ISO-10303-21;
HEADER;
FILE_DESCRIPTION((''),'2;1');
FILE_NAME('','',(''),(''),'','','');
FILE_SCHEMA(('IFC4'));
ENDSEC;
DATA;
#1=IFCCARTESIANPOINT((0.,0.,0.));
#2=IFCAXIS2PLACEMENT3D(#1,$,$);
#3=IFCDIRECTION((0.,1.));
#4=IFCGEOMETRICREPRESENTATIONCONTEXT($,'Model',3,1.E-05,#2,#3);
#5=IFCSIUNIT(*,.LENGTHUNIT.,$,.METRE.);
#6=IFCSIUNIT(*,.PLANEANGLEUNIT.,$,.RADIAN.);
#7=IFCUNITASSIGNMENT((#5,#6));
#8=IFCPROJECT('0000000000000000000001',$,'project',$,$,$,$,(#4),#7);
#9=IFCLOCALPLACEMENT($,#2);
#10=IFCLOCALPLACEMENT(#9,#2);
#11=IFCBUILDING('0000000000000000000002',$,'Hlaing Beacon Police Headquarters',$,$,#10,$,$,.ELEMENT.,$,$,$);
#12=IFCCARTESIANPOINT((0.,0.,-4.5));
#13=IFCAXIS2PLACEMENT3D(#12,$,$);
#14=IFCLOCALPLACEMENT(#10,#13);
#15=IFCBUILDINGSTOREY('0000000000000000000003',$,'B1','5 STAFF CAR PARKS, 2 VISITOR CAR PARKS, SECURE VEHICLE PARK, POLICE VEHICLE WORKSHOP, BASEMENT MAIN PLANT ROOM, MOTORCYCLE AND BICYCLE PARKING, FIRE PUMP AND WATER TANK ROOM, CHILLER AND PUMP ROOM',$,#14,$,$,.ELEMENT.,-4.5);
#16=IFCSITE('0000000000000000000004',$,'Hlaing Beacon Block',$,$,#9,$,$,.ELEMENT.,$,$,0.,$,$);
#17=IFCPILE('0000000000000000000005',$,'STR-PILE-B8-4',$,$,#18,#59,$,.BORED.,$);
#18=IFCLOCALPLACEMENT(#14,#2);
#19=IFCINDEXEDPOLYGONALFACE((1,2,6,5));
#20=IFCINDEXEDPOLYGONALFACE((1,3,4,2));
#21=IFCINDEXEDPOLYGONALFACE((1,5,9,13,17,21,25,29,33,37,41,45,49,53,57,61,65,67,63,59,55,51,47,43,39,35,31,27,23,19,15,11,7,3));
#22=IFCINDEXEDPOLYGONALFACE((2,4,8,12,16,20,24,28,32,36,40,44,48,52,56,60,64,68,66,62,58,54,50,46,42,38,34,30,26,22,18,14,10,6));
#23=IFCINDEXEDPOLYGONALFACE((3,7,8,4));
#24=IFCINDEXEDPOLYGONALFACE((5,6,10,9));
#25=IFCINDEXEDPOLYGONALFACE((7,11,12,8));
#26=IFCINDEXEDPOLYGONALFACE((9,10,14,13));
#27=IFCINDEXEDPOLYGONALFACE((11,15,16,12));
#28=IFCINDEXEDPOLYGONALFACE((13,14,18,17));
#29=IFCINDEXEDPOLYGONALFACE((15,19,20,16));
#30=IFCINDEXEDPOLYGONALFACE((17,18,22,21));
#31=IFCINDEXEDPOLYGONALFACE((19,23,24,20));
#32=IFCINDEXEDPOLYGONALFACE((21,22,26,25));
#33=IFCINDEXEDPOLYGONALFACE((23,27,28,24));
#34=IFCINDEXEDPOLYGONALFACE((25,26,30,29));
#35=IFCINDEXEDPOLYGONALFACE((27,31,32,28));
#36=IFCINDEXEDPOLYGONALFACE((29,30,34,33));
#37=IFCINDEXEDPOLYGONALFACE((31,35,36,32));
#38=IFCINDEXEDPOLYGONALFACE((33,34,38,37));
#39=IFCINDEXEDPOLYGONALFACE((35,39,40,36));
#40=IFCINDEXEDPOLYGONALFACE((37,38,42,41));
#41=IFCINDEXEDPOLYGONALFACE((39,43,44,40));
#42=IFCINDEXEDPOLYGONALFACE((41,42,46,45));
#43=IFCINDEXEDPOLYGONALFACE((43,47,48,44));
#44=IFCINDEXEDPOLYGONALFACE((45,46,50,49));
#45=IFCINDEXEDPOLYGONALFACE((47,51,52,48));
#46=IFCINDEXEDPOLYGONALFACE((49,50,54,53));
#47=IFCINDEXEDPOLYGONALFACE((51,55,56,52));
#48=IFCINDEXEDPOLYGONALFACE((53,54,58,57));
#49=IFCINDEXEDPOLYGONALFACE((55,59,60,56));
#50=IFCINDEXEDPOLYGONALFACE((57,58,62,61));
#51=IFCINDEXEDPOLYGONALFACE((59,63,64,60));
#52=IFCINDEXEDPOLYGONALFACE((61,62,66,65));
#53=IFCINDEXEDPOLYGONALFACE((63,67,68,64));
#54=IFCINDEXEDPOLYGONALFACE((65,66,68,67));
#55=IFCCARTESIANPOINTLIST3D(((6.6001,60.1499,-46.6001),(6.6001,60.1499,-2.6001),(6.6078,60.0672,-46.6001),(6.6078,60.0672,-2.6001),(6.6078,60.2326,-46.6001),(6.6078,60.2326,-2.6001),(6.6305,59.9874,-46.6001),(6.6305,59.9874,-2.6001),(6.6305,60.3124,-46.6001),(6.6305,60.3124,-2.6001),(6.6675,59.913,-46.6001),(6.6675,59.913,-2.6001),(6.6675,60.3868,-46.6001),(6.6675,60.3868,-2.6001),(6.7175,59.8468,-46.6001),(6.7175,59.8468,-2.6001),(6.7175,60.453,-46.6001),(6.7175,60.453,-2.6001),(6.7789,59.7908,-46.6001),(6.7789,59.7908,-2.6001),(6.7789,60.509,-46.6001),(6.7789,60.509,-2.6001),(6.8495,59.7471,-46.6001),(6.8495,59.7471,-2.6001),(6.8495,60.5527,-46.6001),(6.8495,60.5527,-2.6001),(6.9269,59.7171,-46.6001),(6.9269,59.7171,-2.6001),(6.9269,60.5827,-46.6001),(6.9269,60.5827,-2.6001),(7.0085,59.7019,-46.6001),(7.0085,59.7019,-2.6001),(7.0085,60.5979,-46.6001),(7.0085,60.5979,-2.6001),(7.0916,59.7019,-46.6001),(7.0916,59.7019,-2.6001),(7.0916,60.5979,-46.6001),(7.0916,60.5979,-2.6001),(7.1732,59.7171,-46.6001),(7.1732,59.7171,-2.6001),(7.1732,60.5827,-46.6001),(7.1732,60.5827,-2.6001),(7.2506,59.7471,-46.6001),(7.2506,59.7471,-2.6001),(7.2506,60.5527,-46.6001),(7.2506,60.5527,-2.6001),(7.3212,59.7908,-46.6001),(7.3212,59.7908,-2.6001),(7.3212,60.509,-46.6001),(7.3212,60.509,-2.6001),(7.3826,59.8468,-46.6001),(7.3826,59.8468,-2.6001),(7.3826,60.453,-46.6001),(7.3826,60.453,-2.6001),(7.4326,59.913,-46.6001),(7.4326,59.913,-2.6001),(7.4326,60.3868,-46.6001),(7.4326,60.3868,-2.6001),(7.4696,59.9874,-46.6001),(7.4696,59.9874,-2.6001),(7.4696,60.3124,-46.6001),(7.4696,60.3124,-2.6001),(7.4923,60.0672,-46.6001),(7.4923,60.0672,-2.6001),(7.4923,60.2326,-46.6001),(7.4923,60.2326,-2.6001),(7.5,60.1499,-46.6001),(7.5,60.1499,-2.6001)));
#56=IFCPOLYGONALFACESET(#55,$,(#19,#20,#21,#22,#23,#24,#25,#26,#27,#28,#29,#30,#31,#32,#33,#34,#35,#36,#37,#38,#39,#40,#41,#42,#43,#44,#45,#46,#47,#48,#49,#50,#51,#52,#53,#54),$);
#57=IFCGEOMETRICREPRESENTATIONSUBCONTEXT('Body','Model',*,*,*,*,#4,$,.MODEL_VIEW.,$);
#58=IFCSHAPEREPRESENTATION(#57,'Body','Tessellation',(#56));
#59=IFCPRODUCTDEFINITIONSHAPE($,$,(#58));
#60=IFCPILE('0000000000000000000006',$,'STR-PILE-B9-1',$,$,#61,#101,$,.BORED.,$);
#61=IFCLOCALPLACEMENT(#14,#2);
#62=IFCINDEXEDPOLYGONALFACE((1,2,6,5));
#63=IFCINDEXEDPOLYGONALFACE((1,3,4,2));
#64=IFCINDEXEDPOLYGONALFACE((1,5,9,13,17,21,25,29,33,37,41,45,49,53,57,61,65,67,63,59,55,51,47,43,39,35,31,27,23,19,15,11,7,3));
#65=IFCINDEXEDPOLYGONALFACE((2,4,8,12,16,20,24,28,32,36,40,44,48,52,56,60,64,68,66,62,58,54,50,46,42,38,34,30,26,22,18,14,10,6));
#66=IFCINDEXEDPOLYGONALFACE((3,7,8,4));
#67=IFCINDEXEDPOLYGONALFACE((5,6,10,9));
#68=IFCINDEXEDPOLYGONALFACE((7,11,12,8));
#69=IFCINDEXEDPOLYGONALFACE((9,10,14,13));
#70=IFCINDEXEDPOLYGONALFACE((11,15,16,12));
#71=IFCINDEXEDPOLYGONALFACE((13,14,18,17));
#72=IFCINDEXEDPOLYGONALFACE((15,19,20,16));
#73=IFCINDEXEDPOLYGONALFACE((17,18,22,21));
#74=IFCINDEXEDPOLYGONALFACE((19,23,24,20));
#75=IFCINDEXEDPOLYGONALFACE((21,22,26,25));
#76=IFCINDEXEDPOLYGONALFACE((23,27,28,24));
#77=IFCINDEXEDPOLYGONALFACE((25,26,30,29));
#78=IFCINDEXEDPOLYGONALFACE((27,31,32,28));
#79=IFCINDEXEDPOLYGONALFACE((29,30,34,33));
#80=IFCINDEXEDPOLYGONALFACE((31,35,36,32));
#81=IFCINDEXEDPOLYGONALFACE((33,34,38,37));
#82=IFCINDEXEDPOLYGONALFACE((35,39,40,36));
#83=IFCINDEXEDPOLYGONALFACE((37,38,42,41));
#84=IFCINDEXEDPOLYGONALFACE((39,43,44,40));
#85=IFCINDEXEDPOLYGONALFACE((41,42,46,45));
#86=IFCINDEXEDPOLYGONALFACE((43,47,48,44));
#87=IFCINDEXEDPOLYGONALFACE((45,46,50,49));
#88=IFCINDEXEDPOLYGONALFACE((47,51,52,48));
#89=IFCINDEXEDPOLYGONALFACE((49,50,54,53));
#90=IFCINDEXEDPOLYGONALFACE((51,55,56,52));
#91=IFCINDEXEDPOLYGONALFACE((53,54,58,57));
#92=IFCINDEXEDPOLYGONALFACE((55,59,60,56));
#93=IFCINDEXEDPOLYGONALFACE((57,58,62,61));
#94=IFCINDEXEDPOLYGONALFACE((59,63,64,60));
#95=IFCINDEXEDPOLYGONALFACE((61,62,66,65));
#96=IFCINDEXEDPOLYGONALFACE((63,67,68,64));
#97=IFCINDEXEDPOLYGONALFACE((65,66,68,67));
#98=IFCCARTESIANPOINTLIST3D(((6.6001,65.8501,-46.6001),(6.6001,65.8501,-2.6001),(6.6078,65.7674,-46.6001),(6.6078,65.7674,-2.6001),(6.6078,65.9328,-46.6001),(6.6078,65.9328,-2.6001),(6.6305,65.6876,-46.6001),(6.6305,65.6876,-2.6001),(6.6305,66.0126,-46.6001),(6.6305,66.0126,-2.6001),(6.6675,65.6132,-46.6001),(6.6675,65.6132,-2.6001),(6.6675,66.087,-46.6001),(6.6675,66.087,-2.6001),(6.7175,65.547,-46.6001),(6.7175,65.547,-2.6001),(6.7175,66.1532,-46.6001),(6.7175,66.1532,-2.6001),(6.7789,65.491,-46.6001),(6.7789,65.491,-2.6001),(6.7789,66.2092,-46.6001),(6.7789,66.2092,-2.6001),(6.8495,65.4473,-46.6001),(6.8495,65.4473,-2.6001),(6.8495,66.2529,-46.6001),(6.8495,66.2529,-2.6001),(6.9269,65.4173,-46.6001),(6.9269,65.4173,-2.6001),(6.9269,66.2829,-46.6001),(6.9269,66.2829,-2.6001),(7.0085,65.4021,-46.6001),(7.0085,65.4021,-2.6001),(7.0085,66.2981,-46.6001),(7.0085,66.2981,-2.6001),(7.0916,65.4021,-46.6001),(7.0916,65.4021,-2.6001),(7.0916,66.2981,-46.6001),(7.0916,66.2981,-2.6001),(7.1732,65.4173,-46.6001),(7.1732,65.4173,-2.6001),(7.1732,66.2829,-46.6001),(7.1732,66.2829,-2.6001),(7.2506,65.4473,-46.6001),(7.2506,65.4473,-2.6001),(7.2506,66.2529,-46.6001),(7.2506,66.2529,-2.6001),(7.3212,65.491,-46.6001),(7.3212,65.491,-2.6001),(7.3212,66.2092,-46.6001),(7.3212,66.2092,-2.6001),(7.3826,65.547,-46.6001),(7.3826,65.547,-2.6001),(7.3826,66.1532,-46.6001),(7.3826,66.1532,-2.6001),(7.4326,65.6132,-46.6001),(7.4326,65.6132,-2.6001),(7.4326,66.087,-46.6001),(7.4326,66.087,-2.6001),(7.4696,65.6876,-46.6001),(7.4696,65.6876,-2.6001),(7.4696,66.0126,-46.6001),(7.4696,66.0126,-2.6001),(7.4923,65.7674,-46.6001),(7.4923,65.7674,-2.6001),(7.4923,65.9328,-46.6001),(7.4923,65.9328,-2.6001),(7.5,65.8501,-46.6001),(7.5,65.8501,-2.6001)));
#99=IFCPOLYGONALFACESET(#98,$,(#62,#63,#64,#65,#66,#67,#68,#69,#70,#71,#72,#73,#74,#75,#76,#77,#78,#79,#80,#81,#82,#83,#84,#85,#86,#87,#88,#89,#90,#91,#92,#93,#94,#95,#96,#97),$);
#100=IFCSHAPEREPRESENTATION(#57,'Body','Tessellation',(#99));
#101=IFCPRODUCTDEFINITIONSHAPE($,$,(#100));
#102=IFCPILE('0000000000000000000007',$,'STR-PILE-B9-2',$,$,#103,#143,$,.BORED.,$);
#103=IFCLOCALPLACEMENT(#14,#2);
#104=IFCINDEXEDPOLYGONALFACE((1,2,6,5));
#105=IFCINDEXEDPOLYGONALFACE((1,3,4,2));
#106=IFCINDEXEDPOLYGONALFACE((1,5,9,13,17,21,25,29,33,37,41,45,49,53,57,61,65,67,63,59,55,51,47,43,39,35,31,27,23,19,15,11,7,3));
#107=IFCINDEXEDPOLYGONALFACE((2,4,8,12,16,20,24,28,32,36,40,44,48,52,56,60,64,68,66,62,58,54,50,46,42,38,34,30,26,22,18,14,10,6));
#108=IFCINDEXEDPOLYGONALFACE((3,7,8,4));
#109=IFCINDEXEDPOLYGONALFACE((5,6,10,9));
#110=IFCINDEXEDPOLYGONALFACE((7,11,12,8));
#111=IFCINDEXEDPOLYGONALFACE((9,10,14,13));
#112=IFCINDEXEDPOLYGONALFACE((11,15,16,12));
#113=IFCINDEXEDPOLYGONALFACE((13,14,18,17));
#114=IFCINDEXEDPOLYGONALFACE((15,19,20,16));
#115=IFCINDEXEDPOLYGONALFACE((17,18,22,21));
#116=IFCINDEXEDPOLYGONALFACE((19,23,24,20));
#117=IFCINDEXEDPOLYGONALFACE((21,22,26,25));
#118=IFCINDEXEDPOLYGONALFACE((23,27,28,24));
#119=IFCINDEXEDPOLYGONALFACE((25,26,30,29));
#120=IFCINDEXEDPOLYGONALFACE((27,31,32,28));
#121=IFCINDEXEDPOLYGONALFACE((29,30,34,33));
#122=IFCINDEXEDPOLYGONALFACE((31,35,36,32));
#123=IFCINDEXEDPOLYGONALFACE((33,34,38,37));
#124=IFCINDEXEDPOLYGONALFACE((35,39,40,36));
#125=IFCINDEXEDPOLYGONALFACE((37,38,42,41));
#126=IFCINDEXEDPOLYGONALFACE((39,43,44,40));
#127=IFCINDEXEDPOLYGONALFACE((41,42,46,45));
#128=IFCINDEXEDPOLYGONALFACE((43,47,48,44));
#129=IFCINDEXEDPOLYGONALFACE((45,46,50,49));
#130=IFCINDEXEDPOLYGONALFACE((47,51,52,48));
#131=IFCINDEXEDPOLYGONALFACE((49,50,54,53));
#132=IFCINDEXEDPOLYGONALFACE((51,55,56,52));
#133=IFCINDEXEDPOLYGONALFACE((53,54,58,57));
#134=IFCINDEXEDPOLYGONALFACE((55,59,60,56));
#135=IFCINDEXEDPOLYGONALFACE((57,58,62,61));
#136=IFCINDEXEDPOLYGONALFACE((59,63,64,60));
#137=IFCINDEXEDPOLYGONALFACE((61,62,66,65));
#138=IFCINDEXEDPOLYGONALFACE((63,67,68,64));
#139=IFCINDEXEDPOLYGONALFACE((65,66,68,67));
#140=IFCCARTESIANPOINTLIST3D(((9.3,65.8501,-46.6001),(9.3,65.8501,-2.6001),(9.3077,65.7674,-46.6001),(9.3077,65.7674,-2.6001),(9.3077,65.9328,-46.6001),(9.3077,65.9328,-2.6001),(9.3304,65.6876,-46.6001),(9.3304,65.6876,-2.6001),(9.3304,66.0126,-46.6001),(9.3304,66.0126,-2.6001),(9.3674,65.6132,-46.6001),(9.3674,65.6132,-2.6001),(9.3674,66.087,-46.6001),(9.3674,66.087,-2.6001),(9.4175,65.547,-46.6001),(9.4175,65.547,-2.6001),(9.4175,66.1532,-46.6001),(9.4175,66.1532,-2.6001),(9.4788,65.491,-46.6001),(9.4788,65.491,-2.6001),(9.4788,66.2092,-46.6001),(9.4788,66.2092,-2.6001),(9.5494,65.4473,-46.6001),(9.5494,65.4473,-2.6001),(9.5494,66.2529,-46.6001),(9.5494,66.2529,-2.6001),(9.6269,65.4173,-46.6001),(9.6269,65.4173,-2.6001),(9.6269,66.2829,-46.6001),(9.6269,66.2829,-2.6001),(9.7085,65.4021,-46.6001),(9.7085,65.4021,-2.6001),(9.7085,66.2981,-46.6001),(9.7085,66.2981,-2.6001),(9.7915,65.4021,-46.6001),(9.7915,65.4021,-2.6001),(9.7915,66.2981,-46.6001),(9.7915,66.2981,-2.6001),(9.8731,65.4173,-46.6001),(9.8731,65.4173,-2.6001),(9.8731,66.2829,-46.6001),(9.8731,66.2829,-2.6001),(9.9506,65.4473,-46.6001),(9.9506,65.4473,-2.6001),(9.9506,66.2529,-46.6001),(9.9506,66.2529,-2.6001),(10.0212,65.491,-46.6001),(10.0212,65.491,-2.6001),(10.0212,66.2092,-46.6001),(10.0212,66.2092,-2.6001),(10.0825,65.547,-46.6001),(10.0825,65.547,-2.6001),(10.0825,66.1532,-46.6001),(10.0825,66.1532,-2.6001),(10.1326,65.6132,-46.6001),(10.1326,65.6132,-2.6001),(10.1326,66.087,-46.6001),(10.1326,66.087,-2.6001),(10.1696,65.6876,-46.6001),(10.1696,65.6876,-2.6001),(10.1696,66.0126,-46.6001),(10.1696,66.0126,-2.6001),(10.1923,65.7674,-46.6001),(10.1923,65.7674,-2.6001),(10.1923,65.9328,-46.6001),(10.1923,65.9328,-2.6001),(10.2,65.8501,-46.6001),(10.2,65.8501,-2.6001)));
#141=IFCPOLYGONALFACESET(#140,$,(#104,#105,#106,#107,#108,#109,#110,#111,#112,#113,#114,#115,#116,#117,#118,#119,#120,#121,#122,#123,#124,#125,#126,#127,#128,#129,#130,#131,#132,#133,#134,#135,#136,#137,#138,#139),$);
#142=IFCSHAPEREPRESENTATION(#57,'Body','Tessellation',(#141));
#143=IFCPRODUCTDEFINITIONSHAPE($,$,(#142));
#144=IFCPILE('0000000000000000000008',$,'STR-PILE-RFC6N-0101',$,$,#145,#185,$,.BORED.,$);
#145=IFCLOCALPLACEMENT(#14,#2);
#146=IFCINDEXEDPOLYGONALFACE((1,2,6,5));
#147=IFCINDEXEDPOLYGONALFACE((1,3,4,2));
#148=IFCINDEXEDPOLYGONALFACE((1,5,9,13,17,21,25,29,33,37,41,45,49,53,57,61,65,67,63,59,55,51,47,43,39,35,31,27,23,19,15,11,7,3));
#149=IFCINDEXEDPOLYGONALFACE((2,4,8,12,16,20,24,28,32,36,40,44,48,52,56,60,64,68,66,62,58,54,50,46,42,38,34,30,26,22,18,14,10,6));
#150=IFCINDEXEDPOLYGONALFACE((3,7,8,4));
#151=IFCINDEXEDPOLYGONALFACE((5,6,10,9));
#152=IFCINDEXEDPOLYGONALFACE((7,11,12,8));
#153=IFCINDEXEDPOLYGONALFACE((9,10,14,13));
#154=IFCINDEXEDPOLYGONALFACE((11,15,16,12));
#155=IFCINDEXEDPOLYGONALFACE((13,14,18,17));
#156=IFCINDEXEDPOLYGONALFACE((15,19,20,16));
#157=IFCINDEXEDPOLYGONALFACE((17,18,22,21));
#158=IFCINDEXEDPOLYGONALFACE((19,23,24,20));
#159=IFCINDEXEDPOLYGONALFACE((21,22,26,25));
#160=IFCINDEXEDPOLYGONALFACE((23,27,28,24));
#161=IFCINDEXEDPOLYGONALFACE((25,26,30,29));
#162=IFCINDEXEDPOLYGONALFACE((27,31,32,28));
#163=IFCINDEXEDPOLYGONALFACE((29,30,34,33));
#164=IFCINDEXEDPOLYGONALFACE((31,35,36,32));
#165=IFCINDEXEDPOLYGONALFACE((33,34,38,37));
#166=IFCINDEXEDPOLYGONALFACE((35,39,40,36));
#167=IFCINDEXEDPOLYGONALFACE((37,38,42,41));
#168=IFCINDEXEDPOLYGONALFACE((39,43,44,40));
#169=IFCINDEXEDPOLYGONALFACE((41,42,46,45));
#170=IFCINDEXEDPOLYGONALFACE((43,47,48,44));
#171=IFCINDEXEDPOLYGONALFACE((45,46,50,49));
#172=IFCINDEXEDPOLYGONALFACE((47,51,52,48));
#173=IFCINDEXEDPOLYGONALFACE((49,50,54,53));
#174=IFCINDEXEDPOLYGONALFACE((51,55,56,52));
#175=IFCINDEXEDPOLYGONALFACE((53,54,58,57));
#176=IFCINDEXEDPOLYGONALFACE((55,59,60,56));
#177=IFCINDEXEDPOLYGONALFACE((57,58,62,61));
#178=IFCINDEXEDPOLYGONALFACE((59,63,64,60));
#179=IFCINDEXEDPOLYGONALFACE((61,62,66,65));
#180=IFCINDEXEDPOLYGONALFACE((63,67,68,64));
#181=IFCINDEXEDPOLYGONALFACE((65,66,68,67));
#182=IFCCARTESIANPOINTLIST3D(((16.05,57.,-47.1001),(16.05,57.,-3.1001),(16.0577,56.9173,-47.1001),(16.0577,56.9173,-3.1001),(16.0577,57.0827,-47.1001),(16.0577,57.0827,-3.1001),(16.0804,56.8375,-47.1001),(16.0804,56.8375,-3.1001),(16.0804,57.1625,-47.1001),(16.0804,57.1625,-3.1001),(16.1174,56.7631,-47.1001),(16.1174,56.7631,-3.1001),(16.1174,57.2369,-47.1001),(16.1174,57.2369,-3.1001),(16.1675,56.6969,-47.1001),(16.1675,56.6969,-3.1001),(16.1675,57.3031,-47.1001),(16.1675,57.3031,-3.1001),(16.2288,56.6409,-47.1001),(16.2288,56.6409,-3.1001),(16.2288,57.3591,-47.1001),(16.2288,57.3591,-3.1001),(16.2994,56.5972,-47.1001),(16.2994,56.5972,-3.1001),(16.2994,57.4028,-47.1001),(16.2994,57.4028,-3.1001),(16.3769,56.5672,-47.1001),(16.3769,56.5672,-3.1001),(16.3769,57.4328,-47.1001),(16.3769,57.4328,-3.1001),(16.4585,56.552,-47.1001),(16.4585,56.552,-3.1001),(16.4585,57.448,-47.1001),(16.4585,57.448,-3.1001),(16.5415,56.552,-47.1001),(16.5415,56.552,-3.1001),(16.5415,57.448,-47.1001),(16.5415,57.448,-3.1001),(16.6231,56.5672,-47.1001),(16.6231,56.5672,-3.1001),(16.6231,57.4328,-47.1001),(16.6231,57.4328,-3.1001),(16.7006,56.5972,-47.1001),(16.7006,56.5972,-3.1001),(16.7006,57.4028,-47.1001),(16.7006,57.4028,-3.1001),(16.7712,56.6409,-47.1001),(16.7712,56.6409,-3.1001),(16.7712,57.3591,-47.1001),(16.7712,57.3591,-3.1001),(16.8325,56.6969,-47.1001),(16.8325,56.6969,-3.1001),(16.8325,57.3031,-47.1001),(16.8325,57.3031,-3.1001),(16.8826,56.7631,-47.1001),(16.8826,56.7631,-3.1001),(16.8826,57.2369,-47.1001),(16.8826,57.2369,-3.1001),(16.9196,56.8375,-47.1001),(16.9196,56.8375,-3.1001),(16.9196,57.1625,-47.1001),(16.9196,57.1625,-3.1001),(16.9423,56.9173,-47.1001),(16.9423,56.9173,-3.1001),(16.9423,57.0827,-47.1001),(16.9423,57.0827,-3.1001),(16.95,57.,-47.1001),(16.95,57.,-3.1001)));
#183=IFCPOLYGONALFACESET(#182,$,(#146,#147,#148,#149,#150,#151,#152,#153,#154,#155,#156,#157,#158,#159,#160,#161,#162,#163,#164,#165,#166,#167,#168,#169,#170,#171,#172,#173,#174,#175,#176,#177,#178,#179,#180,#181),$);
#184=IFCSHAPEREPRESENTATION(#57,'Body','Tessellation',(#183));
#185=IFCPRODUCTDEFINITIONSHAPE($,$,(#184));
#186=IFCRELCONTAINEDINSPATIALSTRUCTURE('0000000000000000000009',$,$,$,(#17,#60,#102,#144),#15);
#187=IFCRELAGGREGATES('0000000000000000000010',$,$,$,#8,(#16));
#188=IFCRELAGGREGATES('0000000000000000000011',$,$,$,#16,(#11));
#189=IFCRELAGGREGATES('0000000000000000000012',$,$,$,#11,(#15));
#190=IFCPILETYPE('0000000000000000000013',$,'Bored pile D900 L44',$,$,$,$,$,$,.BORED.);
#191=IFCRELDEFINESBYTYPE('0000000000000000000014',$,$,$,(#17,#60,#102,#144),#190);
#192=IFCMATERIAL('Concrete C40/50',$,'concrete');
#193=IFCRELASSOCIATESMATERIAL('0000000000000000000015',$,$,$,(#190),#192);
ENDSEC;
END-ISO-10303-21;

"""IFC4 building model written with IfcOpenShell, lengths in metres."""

from ifc_helpers import new_model, si_unit, direction, frame, origin, origin_2d, place, context, subcontext, project, spatial, circle, extrude, material, material_profile, profile_set, type_object, element, save


model = new_model("IFC4")

# Units and contexts
model_context = context("Model", 3, precision=1e-05, world=origin(), true_north=direction((0.0, 1.0)))
body_context = subcontext(model_context, "Body", "Model", "MODEL_VIEW")
ifc_project = project(units=[si_unit("LENGTHUNIT", "METRE"), si_unit("PLANEANGLEUNIT", "RADIAN")], contexts=[model_context])

# Site, building, storey
site_placement = place(None, origin())
site = spatial("IfcSite", under=ifc_project, at=site_placement, Name="Hlaing Beacon Block", CompositionType="ELEMENT", RefElevation=0.0)
building_placement = place(site_placement, origin())
building = spatial("IfcBuilding", under=site, at=building_placement, Name="Hlaing Beacon Police Headquarters", CompositionType="ELEMENT")
storey_placement = place(building_placement, frame((0.0, 0.0, -4.5)))
storey = spatial("IfcBuildingStorey", under=building, at=storey_placement, Name="B1", Description="5 STAFF CAR PARKS, 2 VISITOR CAR PARKS, SECURE VEHICLE PARK, POLICE VEHICLE WORKSHOP, BASEMENT MAIN PLANT ROOM, MOTORCYCLE AND BICYCLE PARKING, FIRE PUMP AND WATER TANK ROOM, CHILLER AND PUMP ROOM", CompositionType="ELEMENT", Elevation=-4.5)

# Piles
ifc_material_1 = material(Name="Concrete C40/50", Category="concrete")
ifc_material_profile_1 = material_profile(ifc_material_1, circle(Radius=0.45, at=origin_2d()), Name="D900")
ifc_profile_set_1 = profile_set([ifc_material_profile_1], Name="Concrete C40/50")
pile_type_1 = type_object("IfcPileType", Name="Bored pile D900 L44", PredefinedType="BORED", material=ifc_profile_set_1)
for number, where, z_axis, x_axis, name in (
    (1, (7.05, 60.1499, -2.6001), (0.0, 0.0, -1.0), (1.0, 0.0, 0.0), "STR-PILE-B8-4"),
    (2, (7.05, 65.8501, -2.6001), (0.0, 0.0, -1.0), (1.0, 0.0, 0.0), "STR-PILE-B9-1"),
    (3, (9.75, 65.8501, -2.6001), (0.0, 0.0, -1.0), (1.0, 0.0, 0.0), "STR-PILE-B9-2"),
    (4, (16.5, 57.0, -3.1001), (0.0, 0.0, -1.0), (1.0, 0.0, 0.0), "STR-PILE-RFC6N-0101"),
):
    element("IfcPile", number, at=place(storey_placement, frame(where, z_axis=z_axis, x_axis=x_axis)), inside=storey, type_object=pile_type_1, Name=name, PredefinedType="BORED", context=body_context, shape_type="SweptSolid", body=[
        extrude(circle(Radius=0.45, at=origin_2d()), origin(), (0.0, 0.0, 1.0), 44.0),
    ])

save(model, "model.ifc")
